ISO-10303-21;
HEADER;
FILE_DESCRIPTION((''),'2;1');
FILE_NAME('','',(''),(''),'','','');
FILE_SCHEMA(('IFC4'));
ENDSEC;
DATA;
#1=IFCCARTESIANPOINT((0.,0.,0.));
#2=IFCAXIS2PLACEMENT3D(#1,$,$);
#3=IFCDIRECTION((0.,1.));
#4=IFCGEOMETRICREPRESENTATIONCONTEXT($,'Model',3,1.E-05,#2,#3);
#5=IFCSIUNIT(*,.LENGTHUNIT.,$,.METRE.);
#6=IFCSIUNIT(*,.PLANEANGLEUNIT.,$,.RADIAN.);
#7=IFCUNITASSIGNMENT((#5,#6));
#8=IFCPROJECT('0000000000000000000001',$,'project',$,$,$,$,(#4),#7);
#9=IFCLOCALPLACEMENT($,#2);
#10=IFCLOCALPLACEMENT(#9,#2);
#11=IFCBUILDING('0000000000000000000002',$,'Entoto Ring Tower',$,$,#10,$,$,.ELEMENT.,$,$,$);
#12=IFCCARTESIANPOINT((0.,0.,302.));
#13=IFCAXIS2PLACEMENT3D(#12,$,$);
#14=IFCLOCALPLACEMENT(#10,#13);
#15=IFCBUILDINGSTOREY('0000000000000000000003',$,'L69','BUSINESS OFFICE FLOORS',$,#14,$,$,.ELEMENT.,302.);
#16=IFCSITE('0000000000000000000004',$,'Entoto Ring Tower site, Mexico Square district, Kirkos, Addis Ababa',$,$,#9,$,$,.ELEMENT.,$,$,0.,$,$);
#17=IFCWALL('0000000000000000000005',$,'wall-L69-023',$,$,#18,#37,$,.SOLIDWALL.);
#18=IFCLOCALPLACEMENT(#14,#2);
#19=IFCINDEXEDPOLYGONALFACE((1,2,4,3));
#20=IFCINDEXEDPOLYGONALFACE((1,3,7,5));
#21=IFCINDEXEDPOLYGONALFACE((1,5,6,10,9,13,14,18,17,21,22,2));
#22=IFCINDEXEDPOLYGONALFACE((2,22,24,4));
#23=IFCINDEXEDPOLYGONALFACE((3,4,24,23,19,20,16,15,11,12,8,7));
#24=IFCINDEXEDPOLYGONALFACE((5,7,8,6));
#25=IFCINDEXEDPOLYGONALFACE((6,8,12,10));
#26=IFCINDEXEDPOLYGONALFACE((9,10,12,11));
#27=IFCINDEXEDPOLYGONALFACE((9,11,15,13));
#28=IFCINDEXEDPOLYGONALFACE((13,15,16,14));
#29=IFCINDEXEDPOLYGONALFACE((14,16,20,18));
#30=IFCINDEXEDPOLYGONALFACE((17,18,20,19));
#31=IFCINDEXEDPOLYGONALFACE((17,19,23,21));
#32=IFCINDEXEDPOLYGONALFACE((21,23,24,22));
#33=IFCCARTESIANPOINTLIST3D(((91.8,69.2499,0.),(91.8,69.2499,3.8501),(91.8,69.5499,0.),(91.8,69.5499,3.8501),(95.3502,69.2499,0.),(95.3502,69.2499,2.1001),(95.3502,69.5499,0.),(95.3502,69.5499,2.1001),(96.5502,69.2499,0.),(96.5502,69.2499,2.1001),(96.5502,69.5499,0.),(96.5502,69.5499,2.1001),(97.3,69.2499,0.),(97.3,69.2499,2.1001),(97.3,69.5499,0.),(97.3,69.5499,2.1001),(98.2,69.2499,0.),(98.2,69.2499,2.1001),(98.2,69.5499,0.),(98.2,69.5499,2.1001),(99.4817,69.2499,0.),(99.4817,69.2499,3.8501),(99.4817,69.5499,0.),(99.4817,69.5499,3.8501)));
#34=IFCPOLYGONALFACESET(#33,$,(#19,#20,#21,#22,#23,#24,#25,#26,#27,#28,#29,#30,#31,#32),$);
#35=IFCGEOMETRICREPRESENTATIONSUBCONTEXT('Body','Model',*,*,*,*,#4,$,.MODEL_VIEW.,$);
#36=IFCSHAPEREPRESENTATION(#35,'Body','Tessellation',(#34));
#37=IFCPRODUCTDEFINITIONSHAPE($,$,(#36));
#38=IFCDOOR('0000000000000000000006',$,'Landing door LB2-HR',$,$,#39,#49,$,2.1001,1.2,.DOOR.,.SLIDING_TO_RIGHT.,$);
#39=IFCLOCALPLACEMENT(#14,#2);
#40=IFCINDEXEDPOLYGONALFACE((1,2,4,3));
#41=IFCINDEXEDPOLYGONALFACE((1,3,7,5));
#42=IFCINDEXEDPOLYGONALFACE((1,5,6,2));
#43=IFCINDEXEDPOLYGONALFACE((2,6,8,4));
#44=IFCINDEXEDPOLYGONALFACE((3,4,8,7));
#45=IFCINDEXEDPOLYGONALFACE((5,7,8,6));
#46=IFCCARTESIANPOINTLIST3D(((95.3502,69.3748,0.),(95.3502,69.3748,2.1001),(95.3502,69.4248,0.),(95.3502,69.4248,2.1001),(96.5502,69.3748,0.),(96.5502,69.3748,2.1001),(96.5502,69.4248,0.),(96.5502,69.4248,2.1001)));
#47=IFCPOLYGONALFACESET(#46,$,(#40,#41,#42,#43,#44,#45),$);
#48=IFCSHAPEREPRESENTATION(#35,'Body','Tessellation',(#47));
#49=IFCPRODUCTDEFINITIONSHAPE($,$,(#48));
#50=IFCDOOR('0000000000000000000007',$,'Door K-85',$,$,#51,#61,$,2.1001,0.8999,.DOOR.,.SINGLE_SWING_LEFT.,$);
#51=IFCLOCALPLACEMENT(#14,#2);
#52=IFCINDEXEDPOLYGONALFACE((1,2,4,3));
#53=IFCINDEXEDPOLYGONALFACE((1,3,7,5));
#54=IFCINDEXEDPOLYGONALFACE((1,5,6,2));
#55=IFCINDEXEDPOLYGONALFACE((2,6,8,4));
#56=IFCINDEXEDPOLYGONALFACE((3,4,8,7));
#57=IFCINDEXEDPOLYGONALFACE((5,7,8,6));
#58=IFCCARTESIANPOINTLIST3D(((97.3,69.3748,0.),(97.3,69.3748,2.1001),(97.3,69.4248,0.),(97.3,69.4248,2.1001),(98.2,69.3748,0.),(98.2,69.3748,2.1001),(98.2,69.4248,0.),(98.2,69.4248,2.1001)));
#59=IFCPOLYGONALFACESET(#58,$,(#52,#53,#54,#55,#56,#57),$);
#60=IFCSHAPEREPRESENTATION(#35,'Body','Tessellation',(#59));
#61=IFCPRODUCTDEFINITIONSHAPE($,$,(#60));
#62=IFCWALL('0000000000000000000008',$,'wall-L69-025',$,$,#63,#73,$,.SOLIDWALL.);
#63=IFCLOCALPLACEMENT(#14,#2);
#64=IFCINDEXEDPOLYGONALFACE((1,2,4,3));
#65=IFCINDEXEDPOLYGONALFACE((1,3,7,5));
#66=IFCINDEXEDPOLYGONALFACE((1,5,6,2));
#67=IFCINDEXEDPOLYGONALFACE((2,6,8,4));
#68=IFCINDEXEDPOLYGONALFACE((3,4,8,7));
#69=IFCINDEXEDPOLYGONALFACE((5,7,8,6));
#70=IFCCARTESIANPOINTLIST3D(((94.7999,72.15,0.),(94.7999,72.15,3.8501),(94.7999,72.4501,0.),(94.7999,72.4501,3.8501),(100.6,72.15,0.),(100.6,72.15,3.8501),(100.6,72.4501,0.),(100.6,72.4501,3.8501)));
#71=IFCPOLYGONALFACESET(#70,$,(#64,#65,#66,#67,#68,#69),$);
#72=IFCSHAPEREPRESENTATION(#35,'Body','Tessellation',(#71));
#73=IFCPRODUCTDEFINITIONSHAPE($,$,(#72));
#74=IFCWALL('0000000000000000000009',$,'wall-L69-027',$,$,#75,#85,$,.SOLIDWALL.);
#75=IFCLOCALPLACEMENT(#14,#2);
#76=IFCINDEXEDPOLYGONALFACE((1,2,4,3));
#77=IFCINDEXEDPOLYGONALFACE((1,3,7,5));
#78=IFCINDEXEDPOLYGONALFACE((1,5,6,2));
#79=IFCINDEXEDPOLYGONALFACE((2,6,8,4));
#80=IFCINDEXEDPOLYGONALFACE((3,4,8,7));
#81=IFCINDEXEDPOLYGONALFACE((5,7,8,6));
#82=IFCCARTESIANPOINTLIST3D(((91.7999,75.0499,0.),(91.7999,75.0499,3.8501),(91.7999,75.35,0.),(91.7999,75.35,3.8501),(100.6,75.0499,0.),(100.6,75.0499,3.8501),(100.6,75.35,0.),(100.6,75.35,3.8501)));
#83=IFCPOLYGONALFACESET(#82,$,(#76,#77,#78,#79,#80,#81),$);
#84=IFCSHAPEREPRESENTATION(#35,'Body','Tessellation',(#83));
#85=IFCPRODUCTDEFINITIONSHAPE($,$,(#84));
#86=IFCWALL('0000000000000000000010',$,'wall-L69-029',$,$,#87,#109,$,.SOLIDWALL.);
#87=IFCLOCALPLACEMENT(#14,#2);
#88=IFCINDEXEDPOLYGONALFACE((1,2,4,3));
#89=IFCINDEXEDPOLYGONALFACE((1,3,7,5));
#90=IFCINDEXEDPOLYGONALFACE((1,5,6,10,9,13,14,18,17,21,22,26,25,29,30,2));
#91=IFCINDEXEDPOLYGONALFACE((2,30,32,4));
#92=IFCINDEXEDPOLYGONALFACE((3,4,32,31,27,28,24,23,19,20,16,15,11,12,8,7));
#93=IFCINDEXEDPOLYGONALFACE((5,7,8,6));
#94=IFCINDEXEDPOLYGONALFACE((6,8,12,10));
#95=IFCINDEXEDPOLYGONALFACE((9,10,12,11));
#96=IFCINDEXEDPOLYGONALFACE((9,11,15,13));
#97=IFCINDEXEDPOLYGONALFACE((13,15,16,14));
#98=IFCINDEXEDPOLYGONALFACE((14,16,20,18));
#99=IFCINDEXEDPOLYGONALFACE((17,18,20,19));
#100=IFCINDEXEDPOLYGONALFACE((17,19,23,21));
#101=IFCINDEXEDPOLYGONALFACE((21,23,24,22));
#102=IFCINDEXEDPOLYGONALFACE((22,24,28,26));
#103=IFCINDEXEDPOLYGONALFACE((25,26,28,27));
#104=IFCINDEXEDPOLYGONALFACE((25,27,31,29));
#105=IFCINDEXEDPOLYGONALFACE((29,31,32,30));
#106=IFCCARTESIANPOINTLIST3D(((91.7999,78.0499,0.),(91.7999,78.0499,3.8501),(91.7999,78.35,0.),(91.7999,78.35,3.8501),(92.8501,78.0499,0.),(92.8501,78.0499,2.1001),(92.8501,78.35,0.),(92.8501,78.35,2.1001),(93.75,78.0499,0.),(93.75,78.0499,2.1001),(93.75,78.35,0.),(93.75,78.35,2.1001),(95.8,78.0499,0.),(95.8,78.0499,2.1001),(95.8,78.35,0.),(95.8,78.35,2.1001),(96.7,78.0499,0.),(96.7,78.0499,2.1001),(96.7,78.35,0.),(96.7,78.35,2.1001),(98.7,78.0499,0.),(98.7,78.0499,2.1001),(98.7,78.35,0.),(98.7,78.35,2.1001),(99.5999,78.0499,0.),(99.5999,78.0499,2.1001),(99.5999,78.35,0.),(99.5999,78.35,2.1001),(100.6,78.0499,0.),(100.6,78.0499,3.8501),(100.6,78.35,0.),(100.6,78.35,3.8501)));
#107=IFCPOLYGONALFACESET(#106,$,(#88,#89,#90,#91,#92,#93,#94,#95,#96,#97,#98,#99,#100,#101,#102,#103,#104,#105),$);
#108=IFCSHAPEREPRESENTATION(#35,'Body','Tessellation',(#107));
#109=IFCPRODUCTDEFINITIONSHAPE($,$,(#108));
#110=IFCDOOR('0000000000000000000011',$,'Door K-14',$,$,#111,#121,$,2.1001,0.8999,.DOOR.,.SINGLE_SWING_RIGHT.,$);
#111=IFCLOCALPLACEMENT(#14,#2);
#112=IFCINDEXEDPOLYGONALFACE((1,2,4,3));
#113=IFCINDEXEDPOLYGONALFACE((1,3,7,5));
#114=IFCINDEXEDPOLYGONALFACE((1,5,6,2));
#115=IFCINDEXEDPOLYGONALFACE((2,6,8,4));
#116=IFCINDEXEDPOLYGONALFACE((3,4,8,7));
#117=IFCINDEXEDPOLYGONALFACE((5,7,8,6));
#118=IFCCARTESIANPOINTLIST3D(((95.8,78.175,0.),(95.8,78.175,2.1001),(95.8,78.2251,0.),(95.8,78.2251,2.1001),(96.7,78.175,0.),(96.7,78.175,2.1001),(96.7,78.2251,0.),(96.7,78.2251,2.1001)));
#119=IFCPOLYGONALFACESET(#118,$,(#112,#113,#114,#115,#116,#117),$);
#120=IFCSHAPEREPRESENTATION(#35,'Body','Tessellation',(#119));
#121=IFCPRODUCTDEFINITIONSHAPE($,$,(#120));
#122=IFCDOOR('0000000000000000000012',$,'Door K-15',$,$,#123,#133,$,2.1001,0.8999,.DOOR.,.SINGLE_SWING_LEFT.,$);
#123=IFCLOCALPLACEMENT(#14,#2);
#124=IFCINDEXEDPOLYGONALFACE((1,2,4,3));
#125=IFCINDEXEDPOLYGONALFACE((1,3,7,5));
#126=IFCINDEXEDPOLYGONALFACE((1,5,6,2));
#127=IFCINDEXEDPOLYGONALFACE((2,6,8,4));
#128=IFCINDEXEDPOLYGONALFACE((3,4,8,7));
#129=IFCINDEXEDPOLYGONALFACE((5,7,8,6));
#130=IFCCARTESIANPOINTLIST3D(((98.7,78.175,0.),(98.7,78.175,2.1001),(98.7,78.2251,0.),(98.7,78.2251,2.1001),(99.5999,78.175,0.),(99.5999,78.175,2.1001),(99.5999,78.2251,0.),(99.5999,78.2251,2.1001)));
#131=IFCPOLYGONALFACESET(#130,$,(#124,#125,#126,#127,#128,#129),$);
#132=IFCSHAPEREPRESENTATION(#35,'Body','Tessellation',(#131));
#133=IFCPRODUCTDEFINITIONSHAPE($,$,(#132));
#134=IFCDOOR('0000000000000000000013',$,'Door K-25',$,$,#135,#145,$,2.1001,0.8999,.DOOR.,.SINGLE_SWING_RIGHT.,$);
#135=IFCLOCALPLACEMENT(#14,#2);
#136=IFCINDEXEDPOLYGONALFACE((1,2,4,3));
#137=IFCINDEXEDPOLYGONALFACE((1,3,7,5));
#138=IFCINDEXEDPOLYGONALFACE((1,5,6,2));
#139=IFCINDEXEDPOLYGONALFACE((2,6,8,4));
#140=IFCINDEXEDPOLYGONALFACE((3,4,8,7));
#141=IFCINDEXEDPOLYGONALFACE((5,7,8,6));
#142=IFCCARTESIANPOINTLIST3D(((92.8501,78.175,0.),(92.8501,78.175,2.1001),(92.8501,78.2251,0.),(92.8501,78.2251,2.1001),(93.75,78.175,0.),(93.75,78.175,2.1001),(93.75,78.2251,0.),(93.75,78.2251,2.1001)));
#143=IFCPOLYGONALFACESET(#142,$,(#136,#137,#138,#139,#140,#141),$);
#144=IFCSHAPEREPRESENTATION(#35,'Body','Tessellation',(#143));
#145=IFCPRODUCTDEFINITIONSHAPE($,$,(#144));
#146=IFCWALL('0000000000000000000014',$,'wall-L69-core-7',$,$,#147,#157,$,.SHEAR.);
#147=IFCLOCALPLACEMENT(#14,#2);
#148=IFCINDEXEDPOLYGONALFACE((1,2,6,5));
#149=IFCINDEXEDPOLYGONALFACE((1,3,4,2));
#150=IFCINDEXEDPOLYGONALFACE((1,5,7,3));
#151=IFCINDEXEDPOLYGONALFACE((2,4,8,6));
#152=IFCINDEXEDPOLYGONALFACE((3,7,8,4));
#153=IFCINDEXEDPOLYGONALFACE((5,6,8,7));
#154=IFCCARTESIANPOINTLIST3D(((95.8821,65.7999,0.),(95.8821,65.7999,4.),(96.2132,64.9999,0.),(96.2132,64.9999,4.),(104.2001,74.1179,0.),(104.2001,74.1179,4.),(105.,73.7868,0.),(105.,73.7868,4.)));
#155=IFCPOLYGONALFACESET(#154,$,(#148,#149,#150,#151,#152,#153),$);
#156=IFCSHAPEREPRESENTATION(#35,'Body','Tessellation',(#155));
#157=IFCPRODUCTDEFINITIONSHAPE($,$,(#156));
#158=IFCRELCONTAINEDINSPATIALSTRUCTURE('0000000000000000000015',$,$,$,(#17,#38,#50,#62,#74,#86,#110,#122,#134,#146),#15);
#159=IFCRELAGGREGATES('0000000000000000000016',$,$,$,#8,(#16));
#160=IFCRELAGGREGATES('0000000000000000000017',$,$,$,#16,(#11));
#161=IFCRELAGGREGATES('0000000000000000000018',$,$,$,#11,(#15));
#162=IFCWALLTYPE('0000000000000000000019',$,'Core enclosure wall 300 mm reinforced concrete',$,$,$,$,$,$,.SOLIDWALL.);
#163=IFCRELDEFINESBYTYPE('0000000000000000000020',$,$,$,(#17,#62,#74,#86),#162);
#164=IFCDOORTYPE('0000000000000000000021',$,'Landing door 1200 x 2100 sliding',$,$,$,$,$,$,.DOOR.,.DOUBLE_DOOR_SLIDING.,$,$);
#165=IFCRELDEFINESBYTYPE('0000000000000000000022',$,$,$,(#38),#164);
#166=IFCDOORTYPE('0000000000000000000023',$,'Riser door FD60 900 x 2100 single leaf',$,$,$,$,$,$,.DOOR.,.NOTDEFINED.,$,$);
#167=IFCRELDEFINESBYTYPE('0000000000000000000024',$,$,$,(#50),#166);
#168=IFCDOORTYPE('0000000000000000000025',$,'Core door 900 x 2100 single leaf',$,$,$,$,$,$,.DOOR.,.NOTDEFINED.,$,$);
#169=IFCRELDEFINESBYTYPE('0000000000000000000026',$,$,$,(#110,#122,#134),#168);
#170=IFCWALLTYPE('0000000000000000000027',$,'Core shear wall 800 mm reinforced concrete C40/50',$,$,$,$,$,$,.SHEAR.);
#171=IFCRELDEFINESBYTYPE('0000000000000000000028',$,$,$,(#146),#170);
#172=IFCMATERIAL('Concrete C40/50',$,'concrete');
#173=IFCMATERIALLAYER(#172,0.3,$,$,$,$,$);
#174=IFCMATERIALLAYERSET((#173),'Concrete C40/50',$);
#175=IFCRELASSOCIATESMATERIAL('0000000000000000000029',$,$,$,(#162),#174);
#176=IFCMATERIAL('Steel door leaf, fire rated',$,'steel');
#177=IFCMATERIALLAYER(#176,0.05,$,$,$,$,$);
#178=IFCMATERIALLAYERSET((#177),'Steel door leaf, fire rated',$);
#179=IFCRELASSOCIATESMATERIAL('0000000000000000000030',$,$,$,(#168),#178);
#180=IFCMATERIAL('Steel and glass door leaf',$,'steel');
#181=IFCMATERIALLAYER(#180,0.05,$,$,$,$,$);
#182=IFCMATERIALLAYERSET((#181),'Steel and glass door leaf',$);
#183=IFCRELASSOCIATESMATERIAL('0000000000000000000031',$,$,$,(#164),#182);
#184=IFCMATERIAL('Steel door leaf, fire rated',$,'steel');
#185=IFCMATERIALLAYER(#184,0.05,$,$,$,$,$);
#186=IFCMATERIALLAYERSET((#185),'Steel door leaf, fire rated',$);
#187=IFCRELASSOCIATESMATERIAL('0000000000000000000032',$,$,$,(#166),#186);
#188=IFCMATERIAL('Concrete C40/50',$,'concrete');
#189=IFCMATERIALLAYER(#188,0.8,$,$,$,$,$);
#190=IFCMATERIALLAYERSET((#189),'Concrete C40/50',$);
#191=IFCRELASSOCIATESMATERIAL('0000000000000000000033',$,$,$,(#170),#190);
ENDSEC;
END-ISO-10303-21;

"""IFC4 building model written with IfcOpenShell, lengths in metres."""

from ifc_helpers import new_model, si_unit, direction, frame, frame_2d, origin, place, context, subcontext, project, spatial, polyline, rectangle, outline, extrude, material, layer, layer_set, type_object, element, fill, save


model = new_model("IFC4")

# Units and contexts
model_context = context("Model", 3, precision=1e-05, world=origin(), true_north=direction((0.0, 1.0)))
body_context = subcontext(model_context, "Body", "Model", "MODEL_VIEW")
ifc_project = project(units=[si_unit("LENGTHUNIT", "METRE"), si_unit("PLANEANGLEUNIT", "RADIAN")], contexts=[model_context])

# Site, building, storey
site_placement = place(None, origin())
site = spatial("IfcSite", under=ifc_project, at=site_placement, Name="Entoto Ring Tower site, Mexico Square district, Kirkos, Addis Ababa", CompositionType="ELEMENT", RefElevation=0.0)
building_placement = place(site_placement, origin())
building = spatial("IfcBuilding", under=site, at=building_placement, Name="Entoto Ring Tower", CompositionType="ELEMENT")
storey_placement = place(building_placement, frame((0.0, 0.0, 302.0)))
storey = spatial("IfcBuildingStorey", under=building, at=storey_placement, Name="L69", Description="BUSINESS OFFICE FLOORS", CompositionType="ELEMENT", Elevation=302.0)

# Shared definitions
ifc_material_1 = material(Name="Concrete C40/50", Category="concrete")
ifc_layer_1 = layer(ifc_material_1, 0.3)
ifc_layer_set_1 = layer_set([ifc_layer_1], Name="Concrete C40/50")
wall_type_1 = type_object("IfcWallType", Name="Core enclosure wall 300 mm reinforced concrete", PredefinedType="SOLIDWALL", material=ifc_layer_set_1)

# Wall, openings, doors
ifc_material_2 = material(Name="Steel door leaf, fire rated", Category="steel")
ifc_layer_2 = layer(ifc_material_2, 0.05)
ifc_layer_set_2 = layer_set([ifc_layer_2], Name="Steel door leaf, fire rated")
door_type_1 = type_object("IfcDoorType", Name="Core door 900 x 2100 single leaf", OperationType="NOTDEFINED", PredefinedType="DOOR", material=ifc_layer_set_2)
wall_1_placement = place(storey_placement, frame((91.8, 69.3999, 0.0), z_axis=(0.0, 0.0, 1.0), x_axis=(1.0, 0.0, 0.0)))
wall_1 = element("IfcWall", 1, at=wall_1_placement, inside=storey, type_object=wall_type_1, Name="wall-L69-023", PredefinedType="SOLIDWALL", context=body_context, shape_type="SweptSolid", body=[
    extrude(rectangle(XDim=7.6816, YDim=0.3, at=frame_2d((3.8408, 0.0))), origin(), (0.0, 0.0, 1.0), 3.8501),
])
opening_1_placement = place(wall_1_placement, frame((3.55, 0.0, 0.0)))
opening_1 = element("IfcOpeningElement", 2, at=opening_1_placement, cuts=wall_1, PredefinedType="OPENING", context=body_context, shape_type="SweptSolid", body=[
    extrude(rectangle(XDim=1.2, YDim=2.1001, at=frame_2d((0.6001, 1.05))), frame((0.0, 0.1602, 0.0), z_axis=(0.0, -1.0, 0.0), x_axis=(1.0, 0.0, 0.0)), (0.0, 0.0, 1.0), 0.3201),
])
opening_2_placement = place(wall_1_placement, frame((5.5, 0.0, 0.0)))
opening_2 = element("IfcOpeningElement", 3, at=opening_2_placement, cuts=wall_1, PredefinedType="OPENING", context=body_context, shape_type="SweptSolid", body=[
    extrude(rectangle(XDim=0.8999, YDim=2.1001, at=frame_2d((0.45, 1.05))), frame((0.0, 0.1602, 0.0), z_axis=(0.0, -1.0, 0.0), x_axis=(1.0, 0.0, 0.0)), (0.0, 0.0, 1.0), 0.3201),
])
ifc_material_3 = material(Name="Steel and glass door leaf", Category="steel")
ifc_layer_3 = layer(ifc_material_3, 0.05)
ifc_layer_set_3 = layer_set([ifc_layer_3], Name="Steel and glass door leaf")
door_type_2 = type_object("IfcDoorType", Name="Landing door 1200 x 2100 sliding", OperationType="DOUBLE_DOOR_SLIDING", PredefinedType="DOOR", material=ifc_layer_set_3)
door_1_placement = place(opening_1_placement, origin())
door_1 = element("IfcDoor", 4, at=door_1_placement, inside=storey, type_object=door_type_2, Name="Landing door LB2-HR", OperationType="SLIDING_TO_RIGHT", OverallHeight=2.1001, OverallWidth=1.2, PredefinedType="DOOR", context=body_context, shape_type="SweptSolid", body=[
    extrude(rectangle(XDim=1.2, YDim=2.1001, at=frame_2d((0.6001, 1.05))), frame((0.0, 0.0249, 0.0), z_axis=(0.0, -1.0, 0.0), x_axis=(1.0, 0.0, 0.0)), (0.0, 0.0, 1.0), 0.05),
])
fill(opening_1, door_1)
ifc_material_4 = material(Name="Steel door leaf, fire rated", Category="steel")
ifc_layer_4 = layer(ifc_material_4, 0.05)
ifc_layer_set_4 = layer_set([ifc_layer_4], Name="Steel door leaf, fire rated")
door_type_3 = type_object("IfcDoorType", Name="Riser door FD60 900 x 2100 single leaf", OperationType="NOTDEFINED", PredefinedType="DOOR", material=ifc_layer_set_4)
door_2_placement = place(opening_2_placement, origin())
door_2 = element("IfcDoor", 5, at=door_2_placement, inside=storey, type_object=door_type_3, Name="Door K-85", OperationType="SINGLE_SWING_LEFT", OverallHeight=2.1001, OverallWidth=0.8999, PredefinedType="DOOR", context=body_context, shape_type="SweptSolid", body=[
    extrude(rectangle(XDim=0.8999, YDim=2.1001, at=frame_2d((0.45, 1.05))), frame((0.0, 0.0249, 0.0), z_axis=(0.0, -1.0, 0.0), x_axis=(1.0, 0.0, 0.0)), (0.0, 0.0, 1.0), 0.05),
])
fill(opening_2, door_2)

# Walls
wall_2_placement = place(storey_placement, frame((94.8, 72.3, 0.0), z_axis=(0.0, 0.0, 1.0), x_axis=(1.0, 0.0, 0.0)))
element("IfcWall", 6, at=wall_2_placement, inside=storey, type_object=wall_type_1, Name="wall-L69-025", PredefinedType="SOLIDWALL", context=body_context, shape_type="SweptSolid", body=[
    extrude(rectangle(XDim=5.8, YDim=0.3, at=frame_2d((2.8999, 0.0))), origin(), (0.0, 0.0, 1.0), 3.8501),
])
wall_3_placement = place(storey_placement, frame((91.8, 75.2, 0.0), z_axis=(0.0, 0.0, 1.0), x_axis=(1.0, 0.0, 0.0)))
element("IfcWall", 7, at=wall_3_placement, inside=storey, type_object=wall_type_1, Name="wall-L69-027", PredefinedType="SOLIDWALL", context=body_context, shape_type="SweptSolid", body=[
    extrude(rectangle(XDim=8.8, YDim=0.3, at=frame_2d((4.3999, 0.0))), origin(), (0.0, 0.0, 1.0), 3.8501),
])

# Wall, openings, doors
wall_4_placement = place(storey_placement, frame((91.8, 78.2, 0.0), z_axis=(0.0, 0.0, 1.0), x_axis=(1.0, 0.0, 0.0)))
wall_4 = element("IfcWall", 8, at=wall_4_placement, inside=storey, type_object=wall_type_1, Name="wall-L69-029", PredefinedType="SOLIDWALL", context=body_context, shape_type="SweptSolid", body=[
    extrude(rectangle(XDim=8.8, YDim=0.3, at=frame_2d((4.3999, 0.0))), origin(), (0.0, 0.0, 1.0), 3.8501),
])
opening_3_placement = place(wall_4_placement, frame((4.0, 0.0, 0.0)))
opening_3 = element("IfcOpeningElement", 9, at=opening_3_placement, cuts=wall_4, PredefinedType="OPENING", context=body_context, shape_type="SweptSolid", body=[
    extrude(rectangle(XDim=0.8999, YDim=2.1001, at=frame_2d((0.45, 1.05))), frame((0.0, 0.1602, 0.0), z_axis=(0.0, -1.0, 0.0), x_axis=(1.0, 0.0, 0.0)), (0.0, 0.0, 1.0), 0.3201),
])
opening_4_placement = place(wall_4_placement, frame((6.8999, 0.0, 0.0)))
opening_4 = element("IfcOpeningElement", 10, at=opening_4_placement, cuts=wall_4, PredefinedType="OPENING", context=body_context, shape_type="SweptSolid", body=[
    extrude(rectangle(XDim=0.8999, YDim=2.1001, at=frame_2d((0.45, 1.05))), frame((0.0, 0.1602, 0.0), z_axis=(0.0, -1.0, 0.0), x_axis=(1.0, 0.0, 0.0)), (0.0, 0.0, 1.0), 0.3201),
])
opening_5_placement = place(wall_4_placement, frame((1.05, 0.0, 0.0)))
opening_5 = element("IfcOpeningElement", 11, at=opening_5_placement, cuts=wall_4, PredefinedType="OPENING", context=body_context, shape_type="SweptSolid", body=[
    extrude(rectangle(XDim=0.8999, YDim=2.1001, at=frame_2d((0.45, 1.05))), frame((0.0, 0.1602, 0.0), z_axis=(0.0, -1.0, 0.0), x_axis=(1.0, 0.0, 0.0)), (0.0, 0.0, 1.0), 0.3201),
])
door_3_placement = place(opening_3_placement, frame((0.8999, 0.0, 0.0), z_axis=(0.0, 0.0, 1.0), x_axis=(-1.0, 0.0, 0.0)))
door_3 = element("IfcDoor", 12, at=door_3_placement, inside=storey, type_object=door_type_1, Name="Door K-14", OperationType="SINGLE_SWING_RIGHT", OverallHeight=2.1001, OverallWidth=0.8999, PredefinedType="DOOR", context=body_context, shape_type="SweptSolid", body=[
    extrude(rectangle(XDim=0.8999, YDim=2.1001, at=frame_2d((0.45, 1.05))), frame((0.0, 0.0249, 0.0), z_axis=(0.0, -1.0, 0.0), x_axis=(1.0, 0.0, 0.0)), (0.0, 0.0, 1.0), 0.05),
])
fill(opening_3, door_3)
door_4_placement = place(opening_4_placement, frame((0.8999, 0.0, 0.0), z_axis=(0.0, 0.0, 1.0), x_axis=(-1.0, 0.0, 0.0)))
door_4 = element("IfcDoor", 13, at=door_4_placement, inside=storey, type_object=door_type_1, Name="Door K-15", OperationType="SINGLE_SWING_LEFT", OverallHeight=2.1001, OverallWidth=0.8999, PredefinedType="DOOR", context=body_context, shape_type="SweptSolid", body=[
    extrude(rectangle(XDim=0.8999, YDim=2.1001, at=frame_2d((0.45, 1.05))), frame((0.0, 0.0249, 0.0), z_axis=(0.0, -1.0, 0.0), x_axis=(1.0, 0.0, 0.0)), (0.0, 0.0, 1.0), 0.05),
])
fill(opening_4, door_4)
door_5_placement = place(opening_5_placement, frame((0.8999, 0.0, 0.0), z_axis=(0.0, 0.0, 1.0), x_axis=(-1.0, 0.0, 0.0)))
door_5 = element("IfcDoor", 14, at=door_5_placement, inside=storey, type_object=door_type_1, Name="Door K-25", OperationType="SINGLE_SWING_RIGHT", OverallHeight=2.1001, OverallWidth=0.8999, PredefinedType="DOOR", context=body_context, shape_type="SweptSolid", body=[
    extrude(rectangle(XDim=0.8999, YDim=2.1001, at=frame_2d((0.45, 1.05))), frame((0.0, 0.0249, 0.0), z_axis=(0.0, -1.0, 0.0), x_axis=(1.0, 0.0, 0.0)), (0.0, 0.0, 1.0), 0.05),
])
fill(opening_5, door_5)

# Wall
ifc_material_5 = material(Name="Concrete C40/50", Category="concrete")
ifc_layer_5 = layer(ifc_material_5, 0.8)
ifc_layer_set_5 = layer_set([ifc_layer_5], Name="Concrete C40/50")
wall_type_2 = type_object("IfcWallType", Name="Core shear wall 800 mm reinforced concrete C40/50", PredefinedType="SHEAR", material=ifc_layer_set_5)
wall_5_placement = place(storey_placement, frame((96.0476, 65.3999, 0.0), z_axis=(0.0, 0.0, 1.0), x_axis=(0.707107, 0.707107, 0.0)))
element("IfcWall", 15, at=wall_5_placement, inside=storey, type_object=wall_type_2, Name="wall-L69-core-7", PredefinedType="SHEAR", context=body_context, shape_type="SweptSolid", body=[
    extrude(outline(polyline([(-0.1658, -0.3999), (12.2607, -0.3999), (11.9292, 0.3999), (0.1658, 0.3999), (-0.1658, -0.3999)])), origin(), (0.0, 0.0, 1.0), 4.0),
])

save(model, "model.ifc")
